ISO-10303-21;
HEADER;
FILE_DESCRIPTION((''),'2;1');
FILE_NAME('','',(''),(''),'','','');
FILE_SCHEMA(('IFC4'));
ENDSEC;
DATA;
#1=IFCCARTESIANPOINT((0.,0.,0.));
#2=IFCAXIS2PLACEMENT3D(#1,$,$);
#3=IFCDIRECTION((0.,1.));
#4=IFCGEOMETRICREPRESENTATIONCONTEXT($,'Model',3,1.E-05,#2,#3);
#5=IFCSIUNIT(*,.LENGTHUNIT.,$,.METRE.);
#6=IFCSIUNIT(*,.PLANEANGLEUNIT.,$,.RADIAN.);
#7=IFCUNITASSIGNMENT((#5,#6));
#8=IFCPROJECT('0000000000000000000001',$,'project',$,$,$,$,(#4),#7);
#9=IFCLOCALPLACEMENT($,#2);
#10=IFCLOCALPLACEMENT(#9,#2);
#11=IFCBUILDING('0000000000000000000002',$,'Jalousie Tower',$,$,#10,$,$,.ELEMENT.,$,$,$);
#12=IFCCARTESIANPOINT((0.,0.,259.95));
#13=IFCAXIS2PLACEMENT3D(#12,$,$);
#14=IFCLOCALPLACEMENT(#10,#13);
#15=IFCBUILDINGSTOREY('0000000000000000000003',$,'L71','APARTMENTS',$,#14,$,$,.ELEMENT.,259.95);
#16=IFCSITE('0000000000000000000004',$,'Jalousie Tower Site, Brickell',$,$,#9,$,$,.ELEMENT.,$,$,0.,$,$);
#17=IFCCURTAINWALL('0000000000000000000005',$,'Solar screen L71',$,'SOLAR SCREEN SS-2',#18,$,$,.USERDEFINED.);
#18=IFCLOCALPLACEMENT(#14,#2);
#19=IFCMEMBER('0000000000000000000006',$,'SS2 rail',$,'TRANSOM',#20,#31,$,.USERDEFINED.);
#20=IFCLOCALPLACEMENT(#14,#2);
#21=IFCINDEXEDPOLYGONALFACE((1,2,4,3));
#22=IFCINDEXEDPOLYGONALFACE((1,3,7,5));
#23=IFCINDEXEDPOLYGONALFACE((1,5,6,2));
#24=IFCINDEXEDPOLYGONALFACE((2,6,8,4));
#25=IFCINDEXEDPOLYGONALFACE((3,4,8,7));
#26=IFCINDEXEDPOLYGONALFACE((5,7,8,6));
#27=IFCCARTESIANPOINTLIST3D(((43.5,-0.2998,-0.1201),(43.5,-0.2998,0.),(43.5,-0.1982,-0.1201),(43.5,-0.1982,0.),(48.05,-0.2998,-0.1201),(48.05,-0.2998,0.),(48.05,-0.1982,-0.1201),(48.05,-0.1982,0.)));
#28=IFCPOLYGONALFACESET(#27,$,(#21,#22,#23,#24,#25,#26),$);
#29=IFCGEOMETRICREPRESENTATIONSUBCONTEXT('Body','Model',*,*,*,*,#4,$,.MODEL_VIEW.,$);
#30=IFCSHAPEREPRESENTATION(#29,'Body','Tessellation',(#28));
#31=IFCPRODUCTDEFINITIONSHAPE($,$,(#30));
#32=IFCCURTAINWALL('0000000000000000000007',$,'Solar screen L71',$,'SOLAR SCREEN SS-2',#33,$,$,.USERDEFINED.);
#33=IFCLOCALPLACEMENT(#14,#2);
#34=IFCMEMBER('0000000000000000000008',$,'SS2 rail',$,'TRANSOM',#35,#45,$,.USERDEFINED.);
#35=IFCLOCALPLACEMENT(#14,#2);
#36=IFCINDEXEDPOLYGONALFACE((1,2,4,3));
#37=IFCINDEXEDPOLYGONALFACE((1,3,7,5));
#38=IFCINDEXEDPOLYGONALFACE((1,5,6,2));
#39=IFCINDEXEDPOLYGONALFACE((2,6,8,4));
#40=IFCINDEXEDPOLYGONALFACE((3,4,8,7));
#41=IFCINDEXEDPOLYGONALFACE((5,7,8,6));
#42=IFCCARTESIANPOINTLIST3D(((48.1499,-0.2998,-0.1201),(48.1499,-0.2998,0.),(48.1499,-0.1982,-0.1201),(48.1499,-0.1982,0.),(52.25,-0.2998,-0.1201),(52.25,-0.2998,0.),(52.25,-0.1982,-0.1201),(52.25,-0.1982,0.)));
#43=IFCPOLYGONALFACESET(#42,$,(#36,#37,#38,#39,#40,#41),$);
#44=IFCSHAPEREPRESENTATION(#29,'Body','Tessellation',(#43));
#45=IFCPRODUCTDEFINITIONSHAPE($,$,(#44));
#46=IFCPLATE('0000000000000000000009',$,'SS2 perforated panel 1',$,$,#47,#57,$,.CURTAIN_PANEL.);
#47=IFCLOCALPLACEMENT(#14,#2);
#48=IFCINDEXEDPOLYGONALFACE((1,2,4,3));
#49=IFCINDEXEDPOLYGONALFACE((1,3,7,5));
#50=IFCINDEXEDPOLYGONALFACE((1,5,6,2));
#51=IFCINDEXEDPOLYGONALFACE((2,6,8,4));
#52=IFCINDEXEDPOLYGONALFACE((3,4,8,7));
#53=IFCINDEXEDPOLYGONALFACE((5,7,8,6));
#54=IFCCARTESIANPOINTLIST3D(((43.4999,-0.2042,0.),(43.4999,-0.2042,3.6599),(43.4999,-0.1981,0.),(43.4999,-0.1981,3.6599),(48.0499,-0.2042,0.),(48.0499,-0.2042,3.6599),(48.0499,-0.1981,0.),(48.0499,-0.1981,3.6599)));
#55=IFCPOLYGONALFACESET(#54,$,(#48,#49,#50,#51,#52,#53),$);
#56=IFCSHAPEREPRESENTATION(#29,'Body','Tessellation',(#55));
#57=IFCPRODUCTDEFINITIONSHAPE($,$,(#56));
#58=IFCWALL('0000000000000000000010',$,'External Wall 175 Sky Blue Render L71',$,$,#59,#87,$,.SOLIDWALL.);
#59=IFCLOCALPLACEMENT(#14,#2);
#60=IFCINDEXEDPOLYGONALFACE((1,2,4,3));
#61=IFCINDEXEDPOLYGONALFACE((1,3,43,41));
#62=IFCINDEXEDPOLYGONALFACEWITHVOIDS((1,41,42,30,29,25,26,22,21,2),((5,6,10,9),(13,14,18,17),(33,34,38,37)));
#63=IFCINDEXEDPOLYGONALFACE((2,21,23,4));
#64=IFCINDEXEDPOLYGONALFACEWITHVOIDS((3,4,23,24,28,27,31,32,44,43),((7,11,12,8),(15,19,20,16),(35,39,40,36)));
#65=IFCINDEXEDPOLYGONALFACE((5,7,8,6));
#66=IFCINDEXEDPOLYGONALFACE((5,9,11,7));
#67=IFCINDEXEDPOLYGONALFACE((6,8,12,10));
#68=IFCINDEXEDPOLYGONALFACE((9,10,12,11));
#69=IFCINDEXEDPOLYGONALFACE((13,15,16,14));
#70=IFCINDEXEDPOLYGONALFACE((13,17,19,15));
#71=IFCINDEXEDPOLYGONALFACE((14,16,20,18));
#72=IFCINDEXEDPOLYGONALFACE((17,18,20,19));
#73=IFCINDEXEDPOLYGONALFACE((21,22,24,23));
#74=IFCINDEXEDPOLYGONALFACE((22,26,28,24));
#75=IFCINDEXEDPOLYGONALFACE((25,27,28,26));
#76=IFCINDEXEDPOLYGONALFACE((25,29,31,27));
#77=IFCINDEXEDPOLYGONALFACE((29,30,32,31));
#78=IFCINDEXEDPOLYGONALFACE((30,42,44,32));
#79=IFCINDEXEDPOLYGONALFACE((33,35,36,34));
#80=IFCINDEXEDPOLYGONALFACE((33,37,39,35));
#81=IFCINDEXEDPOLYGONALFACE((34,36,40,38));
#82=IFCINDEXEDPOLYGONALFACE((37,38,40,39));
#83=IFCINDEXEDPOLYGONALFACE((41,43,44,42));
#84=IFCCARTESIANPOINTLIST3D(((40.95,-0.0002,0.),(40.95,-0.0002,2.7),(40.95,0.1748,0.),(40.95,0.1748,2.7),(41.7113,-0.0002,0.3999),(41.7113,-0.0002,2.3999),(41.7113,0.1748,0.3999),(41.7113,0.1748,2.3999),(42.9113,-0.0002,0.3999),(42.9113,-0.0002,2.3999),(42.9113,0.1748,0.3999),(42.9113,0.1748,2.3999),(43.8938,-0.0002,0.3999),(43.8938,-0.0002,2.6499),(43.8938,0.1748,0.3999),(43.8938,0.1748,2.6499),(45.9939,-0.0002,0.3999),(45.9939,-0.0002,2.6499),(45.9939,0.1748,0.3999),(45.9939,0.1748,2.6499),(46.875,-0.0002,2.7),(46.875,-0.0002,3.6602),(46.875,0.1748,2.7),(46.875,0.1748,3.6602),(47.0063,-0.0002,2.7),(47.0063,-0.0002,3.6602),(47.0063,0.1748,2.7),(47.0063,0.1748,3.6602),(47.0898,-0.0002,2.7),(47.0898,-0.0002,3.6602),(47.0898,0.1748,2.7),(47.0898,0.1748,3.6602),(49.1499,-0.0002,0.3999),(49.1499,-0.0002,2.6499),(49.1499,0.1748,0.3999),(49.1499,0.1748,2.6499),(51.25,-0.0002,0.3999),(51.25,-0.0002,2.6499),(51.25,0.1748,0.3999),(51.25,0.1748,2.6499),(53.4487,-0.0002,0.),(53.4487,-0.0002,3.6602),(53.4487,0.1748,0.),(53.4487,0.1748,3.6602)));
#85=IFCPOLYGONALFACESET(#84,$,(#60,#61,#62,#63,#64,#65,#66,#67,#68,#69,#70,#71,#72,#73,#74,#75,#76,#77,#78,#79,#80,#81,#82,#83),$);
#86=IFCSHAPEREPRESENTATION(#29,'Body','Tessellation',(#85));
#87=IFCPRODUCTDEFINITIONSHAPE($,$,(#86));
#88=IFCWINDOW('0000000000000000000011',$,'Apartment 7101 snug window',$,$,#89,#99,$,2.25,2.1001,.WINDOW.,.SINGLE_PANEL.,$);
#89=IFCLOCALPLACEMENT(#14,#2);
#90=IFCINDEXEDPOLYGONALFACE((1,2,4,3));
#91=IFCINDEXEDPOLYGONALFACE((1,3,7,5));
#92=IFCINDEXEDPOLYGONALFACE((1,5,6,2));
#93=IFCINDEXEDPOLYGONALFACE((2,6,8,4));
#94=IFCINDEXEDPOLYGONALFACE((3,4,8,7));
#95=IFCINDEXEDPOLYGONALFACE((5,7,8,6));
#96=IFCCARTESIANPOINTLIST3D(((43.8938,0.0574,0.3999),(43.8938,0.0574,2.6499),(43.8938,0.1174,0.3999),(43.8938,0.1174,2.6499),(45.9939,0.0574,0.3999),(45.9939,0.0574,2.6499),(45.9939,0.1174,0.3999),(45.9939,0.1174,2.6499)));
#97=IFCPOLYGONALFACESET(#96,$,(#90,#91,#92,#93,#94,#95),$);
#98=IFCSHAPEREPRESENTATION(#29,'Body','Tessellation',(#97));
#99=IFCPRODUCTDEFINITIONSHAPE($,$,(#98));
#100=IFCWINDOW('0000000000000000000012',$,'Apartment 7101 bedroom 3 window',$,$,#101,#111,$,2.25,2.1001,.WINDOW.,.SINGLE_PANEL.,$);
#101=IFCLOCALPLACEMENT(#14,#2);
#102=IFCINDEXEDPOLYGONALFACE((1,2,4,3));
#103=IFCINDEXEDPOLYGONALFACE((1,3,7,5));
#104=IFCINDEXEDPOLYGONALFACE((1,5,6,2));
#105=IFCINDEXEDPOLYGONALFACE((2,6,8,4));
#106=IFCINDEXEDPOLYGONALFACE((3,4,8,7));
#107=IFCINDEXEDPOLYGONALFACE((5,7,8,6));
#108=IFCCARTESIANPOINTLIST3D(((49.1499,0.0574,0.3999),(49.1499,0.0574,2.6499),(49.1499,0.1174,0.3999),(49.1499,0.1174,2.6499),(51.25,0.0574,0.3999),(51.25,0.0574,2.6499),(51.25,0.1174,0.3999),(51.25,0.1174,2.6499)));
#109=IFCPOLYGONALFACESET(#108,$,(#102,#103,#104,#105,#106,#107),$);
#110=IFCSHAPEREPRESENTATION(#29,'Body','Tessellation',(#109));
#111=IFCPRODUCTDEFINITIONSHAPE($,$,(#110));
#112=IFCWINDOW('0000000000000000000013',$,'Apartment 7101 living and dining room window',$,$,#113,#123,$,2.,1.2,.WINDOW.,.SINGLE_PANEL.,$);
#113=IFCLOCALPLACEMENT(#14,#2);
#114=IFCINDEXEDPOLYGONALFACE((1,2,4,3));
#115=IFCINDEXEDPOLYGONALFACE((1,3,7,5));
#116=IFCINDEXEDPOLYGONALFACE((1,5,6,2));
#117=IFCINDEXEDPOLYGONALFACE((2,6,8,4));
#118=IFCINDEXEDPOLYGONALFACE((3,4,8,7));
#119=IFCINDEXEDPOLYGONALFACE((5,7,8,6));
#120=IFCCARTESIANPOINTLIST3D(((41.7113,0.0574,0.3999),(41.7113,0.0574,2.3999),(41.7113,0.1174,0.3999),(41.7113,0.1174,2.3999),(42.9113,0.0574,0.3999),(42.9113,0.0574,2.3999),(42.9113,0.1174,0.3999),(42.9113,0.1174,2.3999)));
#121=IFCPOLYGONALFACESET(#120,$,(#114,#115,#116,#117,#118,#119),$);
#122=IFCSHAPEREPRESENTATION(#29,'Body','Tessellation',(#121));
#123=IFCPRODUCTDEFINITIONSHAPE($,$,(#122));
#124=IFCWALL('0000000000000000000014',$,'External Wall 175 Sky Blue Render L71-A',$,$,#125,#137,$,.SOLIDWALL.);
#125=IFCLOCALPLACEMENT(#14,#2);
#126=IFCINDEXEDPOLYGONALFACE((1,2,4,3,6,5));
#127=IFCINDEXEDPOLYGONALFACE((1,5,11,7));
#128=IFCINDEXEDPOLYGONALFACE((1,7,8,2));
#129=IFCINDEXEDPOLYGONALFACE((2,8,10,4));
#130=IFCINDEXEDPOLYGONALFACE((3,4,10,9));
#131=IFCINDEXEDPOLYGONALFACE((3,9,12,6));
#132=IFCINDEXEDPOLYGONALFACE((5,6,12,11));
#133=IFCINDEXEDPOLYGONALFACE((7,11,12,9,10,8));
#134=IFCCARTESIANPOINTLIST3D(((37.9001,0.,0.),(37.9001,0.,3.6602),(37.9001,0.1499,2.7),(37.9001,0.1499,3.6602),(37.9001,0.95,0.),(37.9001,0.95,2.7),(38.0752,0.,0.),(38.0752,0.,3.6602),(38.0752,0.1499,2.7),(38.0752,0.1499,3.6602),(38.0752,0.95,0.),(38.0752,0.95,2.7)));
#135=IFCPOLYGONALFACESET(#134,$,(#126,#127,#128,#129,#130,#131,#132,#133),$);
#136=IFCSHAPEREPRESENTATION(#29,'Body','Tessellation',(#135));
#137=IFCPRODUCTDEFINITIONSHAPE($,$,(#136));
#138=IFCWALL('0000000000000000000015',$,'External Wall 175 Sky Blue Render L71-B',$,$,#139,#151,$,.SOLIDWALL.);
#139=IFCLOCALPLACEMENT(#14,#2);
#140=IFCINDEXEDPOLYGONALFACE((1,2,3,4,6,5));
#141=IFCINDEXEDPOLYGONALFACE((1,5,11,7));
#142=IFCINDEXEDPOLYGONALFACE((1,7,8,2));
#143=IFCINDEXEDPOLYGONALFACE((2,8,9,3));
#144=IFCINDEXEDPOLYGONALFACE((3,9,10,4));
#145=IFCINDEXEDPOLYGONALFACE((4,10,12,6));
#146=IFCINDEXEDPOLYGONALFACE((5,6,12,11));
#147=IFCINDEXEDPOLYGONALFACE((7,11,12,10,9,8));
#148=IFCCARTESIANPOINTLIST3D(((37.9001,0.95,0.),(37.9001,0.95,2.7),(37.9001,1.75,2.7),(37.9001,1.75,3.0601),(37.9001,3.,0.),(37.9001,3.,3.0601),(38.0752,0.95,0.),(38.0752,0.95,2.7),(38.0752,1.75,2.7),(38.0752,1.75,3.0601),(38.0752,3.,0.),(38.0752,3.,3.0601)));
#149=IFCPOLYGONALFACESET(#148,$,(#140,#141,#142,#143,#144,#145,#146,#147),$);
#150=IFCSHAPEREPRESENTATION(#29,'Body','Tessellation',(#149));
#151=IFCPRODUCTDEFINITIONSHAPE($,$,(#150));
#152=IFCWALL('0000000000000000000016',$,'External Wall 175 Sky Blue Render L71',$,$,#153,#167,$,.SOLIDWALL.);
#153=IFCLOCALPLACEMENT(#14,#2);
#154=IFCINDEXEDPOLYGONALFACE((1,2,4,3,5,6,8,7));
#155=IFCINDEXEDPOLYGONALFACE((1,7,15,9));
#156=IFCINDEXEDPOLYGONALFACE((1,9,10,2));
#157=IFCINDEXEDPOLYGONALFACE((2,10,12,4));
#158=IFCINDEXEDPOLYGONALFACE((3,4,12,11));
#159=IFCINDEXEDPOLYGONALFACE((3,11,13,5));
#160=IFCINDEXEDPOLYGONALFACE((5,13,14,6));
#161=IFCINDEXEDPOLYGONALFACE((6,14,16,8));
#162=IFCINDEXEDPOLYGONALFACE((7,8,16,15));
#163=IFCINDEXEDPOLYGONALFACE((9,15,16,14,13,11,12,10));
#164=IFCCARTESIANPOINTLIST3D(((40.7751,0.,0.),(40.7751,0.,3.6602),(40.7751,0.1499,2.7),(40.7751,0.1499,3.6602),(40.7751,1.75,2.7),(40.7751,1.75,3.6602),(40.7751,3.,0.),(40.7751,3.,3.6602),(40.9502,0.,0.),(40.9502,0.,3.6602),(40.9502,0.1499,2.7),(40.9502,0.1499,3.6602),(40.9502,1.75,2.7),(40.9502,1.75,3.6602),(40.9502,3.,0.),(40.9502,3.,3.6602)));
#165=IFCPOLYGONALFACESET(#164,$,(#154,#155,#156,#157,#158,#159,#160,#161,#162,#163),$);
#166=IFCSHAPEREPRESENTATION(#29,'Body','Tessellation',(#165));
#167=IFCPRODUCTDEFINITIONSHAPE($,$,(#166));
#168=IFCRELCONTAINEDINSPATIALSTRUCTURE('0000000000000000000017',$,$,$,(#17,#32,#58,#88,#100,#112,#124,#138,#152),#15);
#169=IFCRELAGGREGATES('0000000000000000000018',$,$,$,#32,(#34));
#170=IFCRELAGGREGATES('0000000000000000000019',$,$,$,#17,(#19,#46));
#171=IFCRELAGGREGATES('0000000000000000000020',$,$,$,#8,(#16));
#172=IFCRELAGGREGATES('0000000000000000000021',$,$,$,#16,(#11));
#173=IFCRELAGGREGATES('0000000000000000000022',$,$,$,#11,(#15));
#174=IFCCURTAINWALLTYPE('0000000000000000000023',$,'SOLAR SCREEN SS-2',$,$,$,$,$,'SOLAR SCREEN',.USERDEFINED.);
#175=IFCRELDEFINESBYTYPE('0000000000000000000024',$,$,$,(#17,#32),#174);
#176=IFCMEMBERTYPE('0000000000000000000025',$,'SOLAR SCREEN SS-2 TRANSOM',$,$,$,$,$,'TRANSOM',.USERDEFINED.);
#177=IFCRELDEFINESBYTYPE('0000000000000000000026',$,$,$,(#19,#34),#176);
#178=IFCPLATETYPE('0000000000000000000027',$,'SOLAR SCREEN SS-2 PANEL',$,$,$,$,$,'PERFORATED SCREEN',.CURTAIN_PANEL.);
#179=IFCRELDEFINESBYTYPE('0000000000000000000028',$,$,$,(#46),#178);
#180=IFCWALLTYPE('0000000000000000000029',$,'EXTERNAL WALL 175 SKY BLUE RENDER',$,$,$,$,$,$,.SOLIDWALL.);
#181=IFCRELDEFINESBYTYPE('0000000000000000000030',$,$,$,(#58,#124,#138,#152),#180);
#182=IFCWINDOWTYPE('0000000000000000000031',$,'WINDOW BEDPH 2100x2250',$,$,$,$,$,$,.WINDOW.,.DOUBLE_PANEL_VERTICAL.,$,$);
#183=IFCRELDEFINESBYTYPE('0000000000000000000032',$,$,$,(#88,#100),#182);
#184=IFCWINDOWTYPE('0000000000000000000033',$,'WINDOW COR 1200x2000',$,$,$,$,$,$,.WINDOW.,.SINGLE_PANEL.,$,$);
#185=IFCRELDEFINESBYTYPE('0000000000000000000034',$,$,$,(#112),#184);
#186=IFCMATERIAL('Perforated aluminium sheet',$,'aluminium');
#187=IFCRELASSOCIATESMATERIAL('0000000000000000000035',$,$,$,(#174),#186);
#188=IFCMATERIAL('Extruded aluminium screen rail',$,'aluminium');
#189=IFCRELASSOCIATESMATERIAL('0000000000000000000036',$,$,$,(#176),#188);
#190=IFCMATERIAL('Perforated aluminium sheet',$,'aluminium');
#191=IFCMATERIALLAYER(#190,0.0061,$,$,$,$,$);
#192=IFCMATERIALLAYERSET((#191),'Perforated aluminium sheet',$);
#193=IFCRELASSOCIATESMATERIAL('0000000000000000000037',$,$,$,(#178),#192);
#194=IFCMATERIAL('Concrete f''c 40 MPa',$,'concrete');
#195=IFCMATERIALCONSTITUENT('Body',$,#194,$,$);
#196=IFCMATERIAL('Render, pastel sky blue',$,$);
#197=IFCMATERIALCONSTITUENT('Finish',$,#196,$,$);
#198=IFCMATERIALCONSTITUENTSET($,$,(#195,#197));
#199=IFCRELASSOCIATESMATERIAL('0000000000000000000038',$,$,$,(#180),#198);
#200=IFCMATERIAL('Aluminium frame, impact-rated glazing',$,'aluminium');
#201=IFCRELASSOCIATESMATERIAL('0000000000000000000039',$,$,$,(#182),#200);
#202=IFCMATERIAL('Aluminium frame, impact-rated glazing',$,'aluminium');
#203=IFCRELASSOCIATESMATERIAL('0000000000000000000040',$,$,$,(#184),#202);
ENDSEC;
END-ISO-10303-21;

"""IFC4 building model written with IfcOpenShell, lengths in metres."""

from ifc_helpers import new_model, si_unit, direction, frame, frame_2d, origin, origin_2d, place, context, subcontext, project, spatial, polyline, rectangle, outline, extrude, material, layer, layer_set, constituent, constituent_set, material_profile, profile_set, type_object, element, fill, aggregate, save


model = new_model("IFC4")

# Units and contexts
model_context = context("Model", 3, precision=1e-05, world=origin(), true_north=direction((0.0, 1.0)))
body_context = subcontext(model_context, "Body", "Model", "MODEL_VIEW")
ifc_project = project(units=[si_unit("LENGTHUNIT", "METRE"), si_unit("PLANEANGLEUNIT", "RADIAN")], contexts=[model_context])

# Site, building, storey
site_placement = place(None, origin())
site = spatial("IfcSite", under=ifc_project, at=site_placement, Name="Jalousie Tower Site, Brickell", CompositionType="ELEMENT", RefElevation=0.0)
building_placement = place(site_placement, origin())
building = spatial("IfcBuilding", under=site, at=building_placement, Name="Jalousie Tower", CompositionType="ELEMENT")
storey_placement = place(building_placement, frame((0.0, 0.0, 259.95)))
storey = spatial("IfcBuildingStorey", under=building, at=storey_placement, Name="L71", Description="APARTMENTS", CompositionType="ELEMENT", Elevation=259.95)

# Shared definitions
ifc_material_1 = material(Name="Perforated aluminium sheet", Category="aluminium")
curtain_wall_type = type_object("IfcCurtainWallType", Name="SOLAR SCREEN SS-2", ElementType="SOLAR SCREEN", PredefinedType="USERDEFINED", material=ifc_material_1)

# Curtain wall, member
curtain_wall_1_placement = place(storey_placement, origin())
curtain_wall_1 = element("IfcCurtainWall", 1, at=curtain_wall_1_placement, inside=storey, type_object=curtain_wall_type, Name="Solar screen L71", ObjectType="SOLAR SCREEN SS-2", PredefinedType="USERDEFINED")
ifc_material_2 = material(Name="Extruded aluminium screen rail", Category="aluminium")
ifc_material_profile_1 = material_profile(ifc_material_2, rectangle(XDim=0.1016, YDim=0.1201, at=origin_2d()), Name="RAIL 102x120")
ifc_profile_set_1 = profile_set([ifc_material_profile_1], Name="Extruded aluminium screen rail")
member_type_1 = type_object("IfcMemberType", Name="SOLAR SCREEN SS-2 TRANSOM", ElementType="TRANSOM", PredefinedType="USERDEFINED", material=ifc_profile_set_1)
member_1_placement = place(storey_placement, frame((43.5, -0.249, -0.0601), z_axis=(1.0, 0.0, 0.0), x_axis=(0.0, 1.0, 0.0)))
member_1 = element("IfcMember", 2, at=member_1_placement, type_object=member_type_1, Name="SS2 rail", ObjectType="TRANSOM", PredefinedType="USERDEFINED", context=body_context, shape_type="SweptSolid", body=[
    extrude(rectangle(XDim=0.1016, YDim=0.1201, at=origin_2d()), origin(), (0.0, 0.0, 1.0), 4.55),
])

# Curtain wall, member
curtain_wall_2_placement = place(storey_placement, origin())
curtain_wall_2 = element("IfcCurtainWall", 3, at=curtain_wall_2_placement, inside=storey, type_object=curtain_wall_type, Name="Solar screen L71", ObjectType="SOLAR SCREEN SS-2", PredefinedType="USERDEFINED")
member_2_placement = place(storey_placement, frame((48.1499, -0.249, -0.0601), z_axis=(1.0, 0.0, 0.0), x_axis=(0.0, 1.0, 0.0)))
member_2 = element("IfcMember", 4, at=member_2_placement, type_object=member_type_1, Name="SS2 rail", ObjectType="TRANSOM", PredefinedType="USERDEFINED", context=body_context, shape_type="SweptSolid", body=[
    extrude(rectangle(XDim=0.1016, YDim=0.1201, at=origin_2d()), origin(), (0.0, 0.0, 1.0), 4.1001),
])
aggregate(curtain_wall_2, [member_2])

# Plate
ifc_material_3 = material(Name="Perforated aluminium sheet", Category="aluminium")
ifc_layer = layer(ifc_material_3, 0.0061)
ifc_layer_set = layer_set([ifc_layer], Name="Perforated aluminium sheet")
plate_type = type_object("IfcPlateType", Name="SOLAR SCREEN SS-2 PANEL", ElementType="PERFORATED SCREEN", PredefinedType="CURTAIN_PANEL", material=ifc_layer_set)
plate_placement = place(storey_placement, frame((45.7749, -0.2012, 0.0), z_axis=(0.0, 0.0, 1.0), x_axis=(1.0, 0.0, 0.0)))
plate = element("IfcPlate", 5, at=plate_placement, type_object=plate_type, Name="SS2 perforated panel 1", PredefinedType="CURTAIN_PANEL", context=body_context, shape_type="SweptSolid", body=[
    extrude(rectangle(XDim=4.55, YDim=0.0061, at=origin_2d()), origin(), (0.0, 0.0, 1.0), 3.6599),
])
aggregate(curtain_wall_1, [member_1, plate])

# Wall, openings, windows
ifc_material_4 = material(Name="Concrete f'c 40 MPa", Category="concrete")
ifc_constituent_1 = constituent(ifc_material_4, Name="Body")
ifc_material_5 = material(Name="Render, pastel sky blue")
ifc_constituent_2 = constituent(ifc_material_5, Name="Finish")
ifc_constituent_set_1 = constituent_set(constituents=[ifc_constituent_1, ifc_constituent_2])
wall_type_1 = type_object("IfcWallType", Name="EXTERNAL WALL 175 SKY BLUE RENDER", PredefinedType="SOLIDWALL", material=ifc_constituent_set_1)
wall_1_placement = place(storey_placement, frame((40.95, 0.0874, 0.0), z_axis=(0.0, 0.0, 1.0), x_axis=(1.0, 0.0, 0.0)))
wall_1 = element("IfcWall", 6, at=wall_1_placement, inside=storey, type_object=wall_type_1, Name="External Wall 175 Sky Blue Render L71", PredefinedType="SOLIDWALL", context=body_context, shape_type="SweptSolid", body=[
    extrude(outline(polyline([(0.0, 0.0), (12.4988, 0.0), (12.4988, 3.6602), (6.1399, 3.6602), (6.1399, 2.7), (6.0564, 2.7), (6.0564, 3.6602), (5.925, 3.6602), (5.925, 2.7), (0.0, 2.7), (0.0, 0.0)])), frame((0.0, 0.0874, 0.0), z_axis=(0.0, -1.0, 0.0), x_axis=(1.0, 0.0, 0.0)), (0.0, 0.0, 1.0), 0.175),
])
opening_1_placement = place(wall_1_placement, frame((0.7612, 0.0, 0.3999)))
opening_1 = element("IfcOpeningElement", 7, at=opening_1_placement, cuts=wall_1, PredefinedType="OPENING", context=body_context, shape_type="SweptSolid", body=[
    extrude(rectangle(XDim=1.2, YDim=2.0, at=frame_2d((0.6001, 1.0))), frame((0.0, 0.0974, 0.0), z_axis=(0.0, -1.0, 0.0), x_axis=(1.0, 0.0, 0.0)), (0.0, 0.0, 1.0), 0.1951),
])
opening_2_placement = place(wall_1_placement, frame((2.9438, 0.0, 0.3999)))
opening_2 = element("IfcOpeningElement", 8, at=opening_2_placement, cuts=wall_1, PredefinedType="OPENING", context=body_context, shape_type="SweptSolid", body=[
    extrude(rectangle(XDim=2.1001, YDim=2.25, at=frame_2d((1.05, 1.125))), frame((0.0, 0.0974, 0.0), z_axis=(0.0, -1.0, 0.0), x_axis=(1.0, 0.0, 0.0)), (0.0, 0.0, 1.0), 0.1951),
])
opening_3_placement = place(wall_1_placement, frame((8.2, 0.0, 0.3999)))
opening_3 = element("IfcOpeningElement", 9, at=opening_3_placement, cuts=wall_1, PredefinedType="OPENING", context=body_context, shape_type="SweptSolid", body=[
    extrude(rectangle(XDim=2.1001, YDim=2.25, at=frame_2d((1.05, 1.125))), frame((0.0, 0.0974, 0.0), z_axis=(0.0, -1.0, 0.0), x_axis=(1.0, 0.0, 0.0)), (0.0, 0.0, 1.0), 0.1951),
])
ifc_material_6 = material(Name="Aluminium frame, impact-rated glazing", Category="aluminium")
window_type_1 = type_object("IfcWindowType", Name="WINDOW BEDPH 2100x2250", PartitioningType="DOUBLE_PANEL_VERTICAL", PredefinedType="WINDOW", material=ifc_material_6)
window_1_placement = place(opening_2_placement, origin())
window_1 = element("IfcWindow", 10, at=window_1_placement, inside=storey, type_object=window_type_1, Name="Apartment 7101 snug window", OverallHeight=2.25, OverallWidth=2.1001, PartitioningType="SINGLE_PANEL", PredefinedType="WINDOW", context=body_context, shape_type="SweptSolid", body=[
    extrude(rectangle(XDim=2.1001, YDim=2.25, at=frame_2d((1.05, 1.125))), frame((0.0, 0.03, 0.0), z_axis=(0.0, -1.0, 0.0), x_axis=(1.0, 0.0, 0.0)), (0.0, 0.0, 1.0), 0.0601),
])
fill(opening_2, window_1)
window_2_placement = place(opening_3_placement, origin())
window_2 = element("IfcWindow", 11, at=window_2_placement, inside=storey, type_object=window_type_1, Name="Apartment 7101 bedroom 3 window", OverallHeight=2.25, OverallWidth=2.1001, PartitioningType="SINGLE_PANEL", PredefinedType="WINDOW", context=body_context, shape_type="SweptSolid", body=[
    extrude(rectangle(XDim=2.1001, YDim=2.25, at=frame_2d((1.05, 1.125))), frame((0.0, 0.03, 0.0), z_axis=(0.0, -1.0, 0.0), x_axis=(1.0, 0.0, 0.0)), (0.0, 0.0, 1.0), 0.0601),
])
fill(opening_3, window_2)
ifc_material_7 = material(Name="Aluminium frame, impact-rated glazing", Category="aluminium")
window_type_2 = type_object("IfcWindowType", Name="WINDOW COR 1200x2000", PartitioningType="SINGLE_PANEL", PredefinedType="WINDOW", material=ifc_material_7)
window_3_placement = place(opening_1_placement, origin())
window_3 = element("IfcWindow", 12, at=window_3_placement, inside=storey, type_object=window_type_2, Name="Apartment 7101 living and dining room window", OverallHeight=2.0, OverallWidth=1.2, PartitioningType="SINGLE_PANEL", PredefinedType="WINDOW", context=body_context, shape_type="SweptSolid", body=[
    extrude(rectangle(XDim=1.2, YDim=2.0, at=frame_2d((0.6001, 1.0))), frame((0.0, 0.03, 0.0), z_axis=(0.0, -1.0, 0.0), x_axis=(1.0, 0.0, 0.0)), (0.0, 0.0, 1.0), 0.0601),
])
fill(opening_1, window_3)

# Walls
wall_2_placement = place(storey_placement, frame((37.9875, 0.0, 0.0), z_axis=(0.0, 0.0, 1.0), x_axis=(0.0, 1.0, 0.0)))
element("IfcWall", 13, at=wall_2_placement, inside=storey, type_object=wall_type_1, Name="External Wall 175 Sky Blue Render L71-A", PredefinedType="SOLIDWALL", context=body_context, shape_type="SweptSolid", body=[
    extrude(outline(polyline([(0.0, 0.0), (0.95, 0.0), (0.95, 2.7), (0.1499, 2.7), (0.1499, 3.6602), (0.0, 3.6602), (0.0, 0.0)])), frame((0.0, 0.0874, 0.0), z_axis=(0.0, -1.0, 0.0), x_axis=(1.0, 0.0, 0.0)), (0.0, 0.0, 1.0), 0.175),
])
wall_3_placement = place(storey_placement, frame((37.9875, 0.95, 0.0), z_axis=(0.0, 0.0, 1.0), x_axis=(0.0, 1.0, 0.0)))
element("IfcWall", 14, at=wall_3_placement, inside=storey, type_object=wall_type_1, Name="External Wall 175 Sky Blue Render L71-B", PredefinedType="SOLIDWALL", context=body_context, shape_type="SweptSolid", body=[
    extrude(outline(polyline([(0.0, 0.0), (2.05, 0.0), (2.05, 3.0601), (0.8, 3.0601), (0.8, 2.7), (0.0, 2.7), (0.0, 0.0)])), frame((0.0, 0.0874, 0.0), z_axis=(0.0, -1.0, 0.0), x_axis=(1.0, 0.0, 0.0)), (0.0, 0.0, 1.0), 0.175),
])
wall_4_placement = place(storey_placement, frame((40.8625, 0.0, 0.0), z_axis=(0.0, 0.0, 1.0), x_axis=(0.0, 1.0, 0.0)))
element("IfcWall", 15, at=wall_4_placement, inside=storey, type_object=wall_type_1, Name="External Wall 175 Sky Blue Render L71", PredefinedType="SOLIDWALL", context=body_context, shape_type="SweptSolid", body=[
    extrude(outline(polyline([(0.0, 0.0), (3.0, 0.0), (3.0, 3.6602), (1.75, 3.6602), (1.75, 2.7), (0.1499, 2.7), (0.1499, 3.6602), (0.0, 3.6602), (0.0, 0.0)])), frame((0.0, 0.0874, 0.0), z_axis=(0.0, -1.0, 0.0), x_axis=(1.0, 0.0, 0.0)), (0.0, 0.0, 1.0), 0.175),
])

save(model, "model.ifc")
